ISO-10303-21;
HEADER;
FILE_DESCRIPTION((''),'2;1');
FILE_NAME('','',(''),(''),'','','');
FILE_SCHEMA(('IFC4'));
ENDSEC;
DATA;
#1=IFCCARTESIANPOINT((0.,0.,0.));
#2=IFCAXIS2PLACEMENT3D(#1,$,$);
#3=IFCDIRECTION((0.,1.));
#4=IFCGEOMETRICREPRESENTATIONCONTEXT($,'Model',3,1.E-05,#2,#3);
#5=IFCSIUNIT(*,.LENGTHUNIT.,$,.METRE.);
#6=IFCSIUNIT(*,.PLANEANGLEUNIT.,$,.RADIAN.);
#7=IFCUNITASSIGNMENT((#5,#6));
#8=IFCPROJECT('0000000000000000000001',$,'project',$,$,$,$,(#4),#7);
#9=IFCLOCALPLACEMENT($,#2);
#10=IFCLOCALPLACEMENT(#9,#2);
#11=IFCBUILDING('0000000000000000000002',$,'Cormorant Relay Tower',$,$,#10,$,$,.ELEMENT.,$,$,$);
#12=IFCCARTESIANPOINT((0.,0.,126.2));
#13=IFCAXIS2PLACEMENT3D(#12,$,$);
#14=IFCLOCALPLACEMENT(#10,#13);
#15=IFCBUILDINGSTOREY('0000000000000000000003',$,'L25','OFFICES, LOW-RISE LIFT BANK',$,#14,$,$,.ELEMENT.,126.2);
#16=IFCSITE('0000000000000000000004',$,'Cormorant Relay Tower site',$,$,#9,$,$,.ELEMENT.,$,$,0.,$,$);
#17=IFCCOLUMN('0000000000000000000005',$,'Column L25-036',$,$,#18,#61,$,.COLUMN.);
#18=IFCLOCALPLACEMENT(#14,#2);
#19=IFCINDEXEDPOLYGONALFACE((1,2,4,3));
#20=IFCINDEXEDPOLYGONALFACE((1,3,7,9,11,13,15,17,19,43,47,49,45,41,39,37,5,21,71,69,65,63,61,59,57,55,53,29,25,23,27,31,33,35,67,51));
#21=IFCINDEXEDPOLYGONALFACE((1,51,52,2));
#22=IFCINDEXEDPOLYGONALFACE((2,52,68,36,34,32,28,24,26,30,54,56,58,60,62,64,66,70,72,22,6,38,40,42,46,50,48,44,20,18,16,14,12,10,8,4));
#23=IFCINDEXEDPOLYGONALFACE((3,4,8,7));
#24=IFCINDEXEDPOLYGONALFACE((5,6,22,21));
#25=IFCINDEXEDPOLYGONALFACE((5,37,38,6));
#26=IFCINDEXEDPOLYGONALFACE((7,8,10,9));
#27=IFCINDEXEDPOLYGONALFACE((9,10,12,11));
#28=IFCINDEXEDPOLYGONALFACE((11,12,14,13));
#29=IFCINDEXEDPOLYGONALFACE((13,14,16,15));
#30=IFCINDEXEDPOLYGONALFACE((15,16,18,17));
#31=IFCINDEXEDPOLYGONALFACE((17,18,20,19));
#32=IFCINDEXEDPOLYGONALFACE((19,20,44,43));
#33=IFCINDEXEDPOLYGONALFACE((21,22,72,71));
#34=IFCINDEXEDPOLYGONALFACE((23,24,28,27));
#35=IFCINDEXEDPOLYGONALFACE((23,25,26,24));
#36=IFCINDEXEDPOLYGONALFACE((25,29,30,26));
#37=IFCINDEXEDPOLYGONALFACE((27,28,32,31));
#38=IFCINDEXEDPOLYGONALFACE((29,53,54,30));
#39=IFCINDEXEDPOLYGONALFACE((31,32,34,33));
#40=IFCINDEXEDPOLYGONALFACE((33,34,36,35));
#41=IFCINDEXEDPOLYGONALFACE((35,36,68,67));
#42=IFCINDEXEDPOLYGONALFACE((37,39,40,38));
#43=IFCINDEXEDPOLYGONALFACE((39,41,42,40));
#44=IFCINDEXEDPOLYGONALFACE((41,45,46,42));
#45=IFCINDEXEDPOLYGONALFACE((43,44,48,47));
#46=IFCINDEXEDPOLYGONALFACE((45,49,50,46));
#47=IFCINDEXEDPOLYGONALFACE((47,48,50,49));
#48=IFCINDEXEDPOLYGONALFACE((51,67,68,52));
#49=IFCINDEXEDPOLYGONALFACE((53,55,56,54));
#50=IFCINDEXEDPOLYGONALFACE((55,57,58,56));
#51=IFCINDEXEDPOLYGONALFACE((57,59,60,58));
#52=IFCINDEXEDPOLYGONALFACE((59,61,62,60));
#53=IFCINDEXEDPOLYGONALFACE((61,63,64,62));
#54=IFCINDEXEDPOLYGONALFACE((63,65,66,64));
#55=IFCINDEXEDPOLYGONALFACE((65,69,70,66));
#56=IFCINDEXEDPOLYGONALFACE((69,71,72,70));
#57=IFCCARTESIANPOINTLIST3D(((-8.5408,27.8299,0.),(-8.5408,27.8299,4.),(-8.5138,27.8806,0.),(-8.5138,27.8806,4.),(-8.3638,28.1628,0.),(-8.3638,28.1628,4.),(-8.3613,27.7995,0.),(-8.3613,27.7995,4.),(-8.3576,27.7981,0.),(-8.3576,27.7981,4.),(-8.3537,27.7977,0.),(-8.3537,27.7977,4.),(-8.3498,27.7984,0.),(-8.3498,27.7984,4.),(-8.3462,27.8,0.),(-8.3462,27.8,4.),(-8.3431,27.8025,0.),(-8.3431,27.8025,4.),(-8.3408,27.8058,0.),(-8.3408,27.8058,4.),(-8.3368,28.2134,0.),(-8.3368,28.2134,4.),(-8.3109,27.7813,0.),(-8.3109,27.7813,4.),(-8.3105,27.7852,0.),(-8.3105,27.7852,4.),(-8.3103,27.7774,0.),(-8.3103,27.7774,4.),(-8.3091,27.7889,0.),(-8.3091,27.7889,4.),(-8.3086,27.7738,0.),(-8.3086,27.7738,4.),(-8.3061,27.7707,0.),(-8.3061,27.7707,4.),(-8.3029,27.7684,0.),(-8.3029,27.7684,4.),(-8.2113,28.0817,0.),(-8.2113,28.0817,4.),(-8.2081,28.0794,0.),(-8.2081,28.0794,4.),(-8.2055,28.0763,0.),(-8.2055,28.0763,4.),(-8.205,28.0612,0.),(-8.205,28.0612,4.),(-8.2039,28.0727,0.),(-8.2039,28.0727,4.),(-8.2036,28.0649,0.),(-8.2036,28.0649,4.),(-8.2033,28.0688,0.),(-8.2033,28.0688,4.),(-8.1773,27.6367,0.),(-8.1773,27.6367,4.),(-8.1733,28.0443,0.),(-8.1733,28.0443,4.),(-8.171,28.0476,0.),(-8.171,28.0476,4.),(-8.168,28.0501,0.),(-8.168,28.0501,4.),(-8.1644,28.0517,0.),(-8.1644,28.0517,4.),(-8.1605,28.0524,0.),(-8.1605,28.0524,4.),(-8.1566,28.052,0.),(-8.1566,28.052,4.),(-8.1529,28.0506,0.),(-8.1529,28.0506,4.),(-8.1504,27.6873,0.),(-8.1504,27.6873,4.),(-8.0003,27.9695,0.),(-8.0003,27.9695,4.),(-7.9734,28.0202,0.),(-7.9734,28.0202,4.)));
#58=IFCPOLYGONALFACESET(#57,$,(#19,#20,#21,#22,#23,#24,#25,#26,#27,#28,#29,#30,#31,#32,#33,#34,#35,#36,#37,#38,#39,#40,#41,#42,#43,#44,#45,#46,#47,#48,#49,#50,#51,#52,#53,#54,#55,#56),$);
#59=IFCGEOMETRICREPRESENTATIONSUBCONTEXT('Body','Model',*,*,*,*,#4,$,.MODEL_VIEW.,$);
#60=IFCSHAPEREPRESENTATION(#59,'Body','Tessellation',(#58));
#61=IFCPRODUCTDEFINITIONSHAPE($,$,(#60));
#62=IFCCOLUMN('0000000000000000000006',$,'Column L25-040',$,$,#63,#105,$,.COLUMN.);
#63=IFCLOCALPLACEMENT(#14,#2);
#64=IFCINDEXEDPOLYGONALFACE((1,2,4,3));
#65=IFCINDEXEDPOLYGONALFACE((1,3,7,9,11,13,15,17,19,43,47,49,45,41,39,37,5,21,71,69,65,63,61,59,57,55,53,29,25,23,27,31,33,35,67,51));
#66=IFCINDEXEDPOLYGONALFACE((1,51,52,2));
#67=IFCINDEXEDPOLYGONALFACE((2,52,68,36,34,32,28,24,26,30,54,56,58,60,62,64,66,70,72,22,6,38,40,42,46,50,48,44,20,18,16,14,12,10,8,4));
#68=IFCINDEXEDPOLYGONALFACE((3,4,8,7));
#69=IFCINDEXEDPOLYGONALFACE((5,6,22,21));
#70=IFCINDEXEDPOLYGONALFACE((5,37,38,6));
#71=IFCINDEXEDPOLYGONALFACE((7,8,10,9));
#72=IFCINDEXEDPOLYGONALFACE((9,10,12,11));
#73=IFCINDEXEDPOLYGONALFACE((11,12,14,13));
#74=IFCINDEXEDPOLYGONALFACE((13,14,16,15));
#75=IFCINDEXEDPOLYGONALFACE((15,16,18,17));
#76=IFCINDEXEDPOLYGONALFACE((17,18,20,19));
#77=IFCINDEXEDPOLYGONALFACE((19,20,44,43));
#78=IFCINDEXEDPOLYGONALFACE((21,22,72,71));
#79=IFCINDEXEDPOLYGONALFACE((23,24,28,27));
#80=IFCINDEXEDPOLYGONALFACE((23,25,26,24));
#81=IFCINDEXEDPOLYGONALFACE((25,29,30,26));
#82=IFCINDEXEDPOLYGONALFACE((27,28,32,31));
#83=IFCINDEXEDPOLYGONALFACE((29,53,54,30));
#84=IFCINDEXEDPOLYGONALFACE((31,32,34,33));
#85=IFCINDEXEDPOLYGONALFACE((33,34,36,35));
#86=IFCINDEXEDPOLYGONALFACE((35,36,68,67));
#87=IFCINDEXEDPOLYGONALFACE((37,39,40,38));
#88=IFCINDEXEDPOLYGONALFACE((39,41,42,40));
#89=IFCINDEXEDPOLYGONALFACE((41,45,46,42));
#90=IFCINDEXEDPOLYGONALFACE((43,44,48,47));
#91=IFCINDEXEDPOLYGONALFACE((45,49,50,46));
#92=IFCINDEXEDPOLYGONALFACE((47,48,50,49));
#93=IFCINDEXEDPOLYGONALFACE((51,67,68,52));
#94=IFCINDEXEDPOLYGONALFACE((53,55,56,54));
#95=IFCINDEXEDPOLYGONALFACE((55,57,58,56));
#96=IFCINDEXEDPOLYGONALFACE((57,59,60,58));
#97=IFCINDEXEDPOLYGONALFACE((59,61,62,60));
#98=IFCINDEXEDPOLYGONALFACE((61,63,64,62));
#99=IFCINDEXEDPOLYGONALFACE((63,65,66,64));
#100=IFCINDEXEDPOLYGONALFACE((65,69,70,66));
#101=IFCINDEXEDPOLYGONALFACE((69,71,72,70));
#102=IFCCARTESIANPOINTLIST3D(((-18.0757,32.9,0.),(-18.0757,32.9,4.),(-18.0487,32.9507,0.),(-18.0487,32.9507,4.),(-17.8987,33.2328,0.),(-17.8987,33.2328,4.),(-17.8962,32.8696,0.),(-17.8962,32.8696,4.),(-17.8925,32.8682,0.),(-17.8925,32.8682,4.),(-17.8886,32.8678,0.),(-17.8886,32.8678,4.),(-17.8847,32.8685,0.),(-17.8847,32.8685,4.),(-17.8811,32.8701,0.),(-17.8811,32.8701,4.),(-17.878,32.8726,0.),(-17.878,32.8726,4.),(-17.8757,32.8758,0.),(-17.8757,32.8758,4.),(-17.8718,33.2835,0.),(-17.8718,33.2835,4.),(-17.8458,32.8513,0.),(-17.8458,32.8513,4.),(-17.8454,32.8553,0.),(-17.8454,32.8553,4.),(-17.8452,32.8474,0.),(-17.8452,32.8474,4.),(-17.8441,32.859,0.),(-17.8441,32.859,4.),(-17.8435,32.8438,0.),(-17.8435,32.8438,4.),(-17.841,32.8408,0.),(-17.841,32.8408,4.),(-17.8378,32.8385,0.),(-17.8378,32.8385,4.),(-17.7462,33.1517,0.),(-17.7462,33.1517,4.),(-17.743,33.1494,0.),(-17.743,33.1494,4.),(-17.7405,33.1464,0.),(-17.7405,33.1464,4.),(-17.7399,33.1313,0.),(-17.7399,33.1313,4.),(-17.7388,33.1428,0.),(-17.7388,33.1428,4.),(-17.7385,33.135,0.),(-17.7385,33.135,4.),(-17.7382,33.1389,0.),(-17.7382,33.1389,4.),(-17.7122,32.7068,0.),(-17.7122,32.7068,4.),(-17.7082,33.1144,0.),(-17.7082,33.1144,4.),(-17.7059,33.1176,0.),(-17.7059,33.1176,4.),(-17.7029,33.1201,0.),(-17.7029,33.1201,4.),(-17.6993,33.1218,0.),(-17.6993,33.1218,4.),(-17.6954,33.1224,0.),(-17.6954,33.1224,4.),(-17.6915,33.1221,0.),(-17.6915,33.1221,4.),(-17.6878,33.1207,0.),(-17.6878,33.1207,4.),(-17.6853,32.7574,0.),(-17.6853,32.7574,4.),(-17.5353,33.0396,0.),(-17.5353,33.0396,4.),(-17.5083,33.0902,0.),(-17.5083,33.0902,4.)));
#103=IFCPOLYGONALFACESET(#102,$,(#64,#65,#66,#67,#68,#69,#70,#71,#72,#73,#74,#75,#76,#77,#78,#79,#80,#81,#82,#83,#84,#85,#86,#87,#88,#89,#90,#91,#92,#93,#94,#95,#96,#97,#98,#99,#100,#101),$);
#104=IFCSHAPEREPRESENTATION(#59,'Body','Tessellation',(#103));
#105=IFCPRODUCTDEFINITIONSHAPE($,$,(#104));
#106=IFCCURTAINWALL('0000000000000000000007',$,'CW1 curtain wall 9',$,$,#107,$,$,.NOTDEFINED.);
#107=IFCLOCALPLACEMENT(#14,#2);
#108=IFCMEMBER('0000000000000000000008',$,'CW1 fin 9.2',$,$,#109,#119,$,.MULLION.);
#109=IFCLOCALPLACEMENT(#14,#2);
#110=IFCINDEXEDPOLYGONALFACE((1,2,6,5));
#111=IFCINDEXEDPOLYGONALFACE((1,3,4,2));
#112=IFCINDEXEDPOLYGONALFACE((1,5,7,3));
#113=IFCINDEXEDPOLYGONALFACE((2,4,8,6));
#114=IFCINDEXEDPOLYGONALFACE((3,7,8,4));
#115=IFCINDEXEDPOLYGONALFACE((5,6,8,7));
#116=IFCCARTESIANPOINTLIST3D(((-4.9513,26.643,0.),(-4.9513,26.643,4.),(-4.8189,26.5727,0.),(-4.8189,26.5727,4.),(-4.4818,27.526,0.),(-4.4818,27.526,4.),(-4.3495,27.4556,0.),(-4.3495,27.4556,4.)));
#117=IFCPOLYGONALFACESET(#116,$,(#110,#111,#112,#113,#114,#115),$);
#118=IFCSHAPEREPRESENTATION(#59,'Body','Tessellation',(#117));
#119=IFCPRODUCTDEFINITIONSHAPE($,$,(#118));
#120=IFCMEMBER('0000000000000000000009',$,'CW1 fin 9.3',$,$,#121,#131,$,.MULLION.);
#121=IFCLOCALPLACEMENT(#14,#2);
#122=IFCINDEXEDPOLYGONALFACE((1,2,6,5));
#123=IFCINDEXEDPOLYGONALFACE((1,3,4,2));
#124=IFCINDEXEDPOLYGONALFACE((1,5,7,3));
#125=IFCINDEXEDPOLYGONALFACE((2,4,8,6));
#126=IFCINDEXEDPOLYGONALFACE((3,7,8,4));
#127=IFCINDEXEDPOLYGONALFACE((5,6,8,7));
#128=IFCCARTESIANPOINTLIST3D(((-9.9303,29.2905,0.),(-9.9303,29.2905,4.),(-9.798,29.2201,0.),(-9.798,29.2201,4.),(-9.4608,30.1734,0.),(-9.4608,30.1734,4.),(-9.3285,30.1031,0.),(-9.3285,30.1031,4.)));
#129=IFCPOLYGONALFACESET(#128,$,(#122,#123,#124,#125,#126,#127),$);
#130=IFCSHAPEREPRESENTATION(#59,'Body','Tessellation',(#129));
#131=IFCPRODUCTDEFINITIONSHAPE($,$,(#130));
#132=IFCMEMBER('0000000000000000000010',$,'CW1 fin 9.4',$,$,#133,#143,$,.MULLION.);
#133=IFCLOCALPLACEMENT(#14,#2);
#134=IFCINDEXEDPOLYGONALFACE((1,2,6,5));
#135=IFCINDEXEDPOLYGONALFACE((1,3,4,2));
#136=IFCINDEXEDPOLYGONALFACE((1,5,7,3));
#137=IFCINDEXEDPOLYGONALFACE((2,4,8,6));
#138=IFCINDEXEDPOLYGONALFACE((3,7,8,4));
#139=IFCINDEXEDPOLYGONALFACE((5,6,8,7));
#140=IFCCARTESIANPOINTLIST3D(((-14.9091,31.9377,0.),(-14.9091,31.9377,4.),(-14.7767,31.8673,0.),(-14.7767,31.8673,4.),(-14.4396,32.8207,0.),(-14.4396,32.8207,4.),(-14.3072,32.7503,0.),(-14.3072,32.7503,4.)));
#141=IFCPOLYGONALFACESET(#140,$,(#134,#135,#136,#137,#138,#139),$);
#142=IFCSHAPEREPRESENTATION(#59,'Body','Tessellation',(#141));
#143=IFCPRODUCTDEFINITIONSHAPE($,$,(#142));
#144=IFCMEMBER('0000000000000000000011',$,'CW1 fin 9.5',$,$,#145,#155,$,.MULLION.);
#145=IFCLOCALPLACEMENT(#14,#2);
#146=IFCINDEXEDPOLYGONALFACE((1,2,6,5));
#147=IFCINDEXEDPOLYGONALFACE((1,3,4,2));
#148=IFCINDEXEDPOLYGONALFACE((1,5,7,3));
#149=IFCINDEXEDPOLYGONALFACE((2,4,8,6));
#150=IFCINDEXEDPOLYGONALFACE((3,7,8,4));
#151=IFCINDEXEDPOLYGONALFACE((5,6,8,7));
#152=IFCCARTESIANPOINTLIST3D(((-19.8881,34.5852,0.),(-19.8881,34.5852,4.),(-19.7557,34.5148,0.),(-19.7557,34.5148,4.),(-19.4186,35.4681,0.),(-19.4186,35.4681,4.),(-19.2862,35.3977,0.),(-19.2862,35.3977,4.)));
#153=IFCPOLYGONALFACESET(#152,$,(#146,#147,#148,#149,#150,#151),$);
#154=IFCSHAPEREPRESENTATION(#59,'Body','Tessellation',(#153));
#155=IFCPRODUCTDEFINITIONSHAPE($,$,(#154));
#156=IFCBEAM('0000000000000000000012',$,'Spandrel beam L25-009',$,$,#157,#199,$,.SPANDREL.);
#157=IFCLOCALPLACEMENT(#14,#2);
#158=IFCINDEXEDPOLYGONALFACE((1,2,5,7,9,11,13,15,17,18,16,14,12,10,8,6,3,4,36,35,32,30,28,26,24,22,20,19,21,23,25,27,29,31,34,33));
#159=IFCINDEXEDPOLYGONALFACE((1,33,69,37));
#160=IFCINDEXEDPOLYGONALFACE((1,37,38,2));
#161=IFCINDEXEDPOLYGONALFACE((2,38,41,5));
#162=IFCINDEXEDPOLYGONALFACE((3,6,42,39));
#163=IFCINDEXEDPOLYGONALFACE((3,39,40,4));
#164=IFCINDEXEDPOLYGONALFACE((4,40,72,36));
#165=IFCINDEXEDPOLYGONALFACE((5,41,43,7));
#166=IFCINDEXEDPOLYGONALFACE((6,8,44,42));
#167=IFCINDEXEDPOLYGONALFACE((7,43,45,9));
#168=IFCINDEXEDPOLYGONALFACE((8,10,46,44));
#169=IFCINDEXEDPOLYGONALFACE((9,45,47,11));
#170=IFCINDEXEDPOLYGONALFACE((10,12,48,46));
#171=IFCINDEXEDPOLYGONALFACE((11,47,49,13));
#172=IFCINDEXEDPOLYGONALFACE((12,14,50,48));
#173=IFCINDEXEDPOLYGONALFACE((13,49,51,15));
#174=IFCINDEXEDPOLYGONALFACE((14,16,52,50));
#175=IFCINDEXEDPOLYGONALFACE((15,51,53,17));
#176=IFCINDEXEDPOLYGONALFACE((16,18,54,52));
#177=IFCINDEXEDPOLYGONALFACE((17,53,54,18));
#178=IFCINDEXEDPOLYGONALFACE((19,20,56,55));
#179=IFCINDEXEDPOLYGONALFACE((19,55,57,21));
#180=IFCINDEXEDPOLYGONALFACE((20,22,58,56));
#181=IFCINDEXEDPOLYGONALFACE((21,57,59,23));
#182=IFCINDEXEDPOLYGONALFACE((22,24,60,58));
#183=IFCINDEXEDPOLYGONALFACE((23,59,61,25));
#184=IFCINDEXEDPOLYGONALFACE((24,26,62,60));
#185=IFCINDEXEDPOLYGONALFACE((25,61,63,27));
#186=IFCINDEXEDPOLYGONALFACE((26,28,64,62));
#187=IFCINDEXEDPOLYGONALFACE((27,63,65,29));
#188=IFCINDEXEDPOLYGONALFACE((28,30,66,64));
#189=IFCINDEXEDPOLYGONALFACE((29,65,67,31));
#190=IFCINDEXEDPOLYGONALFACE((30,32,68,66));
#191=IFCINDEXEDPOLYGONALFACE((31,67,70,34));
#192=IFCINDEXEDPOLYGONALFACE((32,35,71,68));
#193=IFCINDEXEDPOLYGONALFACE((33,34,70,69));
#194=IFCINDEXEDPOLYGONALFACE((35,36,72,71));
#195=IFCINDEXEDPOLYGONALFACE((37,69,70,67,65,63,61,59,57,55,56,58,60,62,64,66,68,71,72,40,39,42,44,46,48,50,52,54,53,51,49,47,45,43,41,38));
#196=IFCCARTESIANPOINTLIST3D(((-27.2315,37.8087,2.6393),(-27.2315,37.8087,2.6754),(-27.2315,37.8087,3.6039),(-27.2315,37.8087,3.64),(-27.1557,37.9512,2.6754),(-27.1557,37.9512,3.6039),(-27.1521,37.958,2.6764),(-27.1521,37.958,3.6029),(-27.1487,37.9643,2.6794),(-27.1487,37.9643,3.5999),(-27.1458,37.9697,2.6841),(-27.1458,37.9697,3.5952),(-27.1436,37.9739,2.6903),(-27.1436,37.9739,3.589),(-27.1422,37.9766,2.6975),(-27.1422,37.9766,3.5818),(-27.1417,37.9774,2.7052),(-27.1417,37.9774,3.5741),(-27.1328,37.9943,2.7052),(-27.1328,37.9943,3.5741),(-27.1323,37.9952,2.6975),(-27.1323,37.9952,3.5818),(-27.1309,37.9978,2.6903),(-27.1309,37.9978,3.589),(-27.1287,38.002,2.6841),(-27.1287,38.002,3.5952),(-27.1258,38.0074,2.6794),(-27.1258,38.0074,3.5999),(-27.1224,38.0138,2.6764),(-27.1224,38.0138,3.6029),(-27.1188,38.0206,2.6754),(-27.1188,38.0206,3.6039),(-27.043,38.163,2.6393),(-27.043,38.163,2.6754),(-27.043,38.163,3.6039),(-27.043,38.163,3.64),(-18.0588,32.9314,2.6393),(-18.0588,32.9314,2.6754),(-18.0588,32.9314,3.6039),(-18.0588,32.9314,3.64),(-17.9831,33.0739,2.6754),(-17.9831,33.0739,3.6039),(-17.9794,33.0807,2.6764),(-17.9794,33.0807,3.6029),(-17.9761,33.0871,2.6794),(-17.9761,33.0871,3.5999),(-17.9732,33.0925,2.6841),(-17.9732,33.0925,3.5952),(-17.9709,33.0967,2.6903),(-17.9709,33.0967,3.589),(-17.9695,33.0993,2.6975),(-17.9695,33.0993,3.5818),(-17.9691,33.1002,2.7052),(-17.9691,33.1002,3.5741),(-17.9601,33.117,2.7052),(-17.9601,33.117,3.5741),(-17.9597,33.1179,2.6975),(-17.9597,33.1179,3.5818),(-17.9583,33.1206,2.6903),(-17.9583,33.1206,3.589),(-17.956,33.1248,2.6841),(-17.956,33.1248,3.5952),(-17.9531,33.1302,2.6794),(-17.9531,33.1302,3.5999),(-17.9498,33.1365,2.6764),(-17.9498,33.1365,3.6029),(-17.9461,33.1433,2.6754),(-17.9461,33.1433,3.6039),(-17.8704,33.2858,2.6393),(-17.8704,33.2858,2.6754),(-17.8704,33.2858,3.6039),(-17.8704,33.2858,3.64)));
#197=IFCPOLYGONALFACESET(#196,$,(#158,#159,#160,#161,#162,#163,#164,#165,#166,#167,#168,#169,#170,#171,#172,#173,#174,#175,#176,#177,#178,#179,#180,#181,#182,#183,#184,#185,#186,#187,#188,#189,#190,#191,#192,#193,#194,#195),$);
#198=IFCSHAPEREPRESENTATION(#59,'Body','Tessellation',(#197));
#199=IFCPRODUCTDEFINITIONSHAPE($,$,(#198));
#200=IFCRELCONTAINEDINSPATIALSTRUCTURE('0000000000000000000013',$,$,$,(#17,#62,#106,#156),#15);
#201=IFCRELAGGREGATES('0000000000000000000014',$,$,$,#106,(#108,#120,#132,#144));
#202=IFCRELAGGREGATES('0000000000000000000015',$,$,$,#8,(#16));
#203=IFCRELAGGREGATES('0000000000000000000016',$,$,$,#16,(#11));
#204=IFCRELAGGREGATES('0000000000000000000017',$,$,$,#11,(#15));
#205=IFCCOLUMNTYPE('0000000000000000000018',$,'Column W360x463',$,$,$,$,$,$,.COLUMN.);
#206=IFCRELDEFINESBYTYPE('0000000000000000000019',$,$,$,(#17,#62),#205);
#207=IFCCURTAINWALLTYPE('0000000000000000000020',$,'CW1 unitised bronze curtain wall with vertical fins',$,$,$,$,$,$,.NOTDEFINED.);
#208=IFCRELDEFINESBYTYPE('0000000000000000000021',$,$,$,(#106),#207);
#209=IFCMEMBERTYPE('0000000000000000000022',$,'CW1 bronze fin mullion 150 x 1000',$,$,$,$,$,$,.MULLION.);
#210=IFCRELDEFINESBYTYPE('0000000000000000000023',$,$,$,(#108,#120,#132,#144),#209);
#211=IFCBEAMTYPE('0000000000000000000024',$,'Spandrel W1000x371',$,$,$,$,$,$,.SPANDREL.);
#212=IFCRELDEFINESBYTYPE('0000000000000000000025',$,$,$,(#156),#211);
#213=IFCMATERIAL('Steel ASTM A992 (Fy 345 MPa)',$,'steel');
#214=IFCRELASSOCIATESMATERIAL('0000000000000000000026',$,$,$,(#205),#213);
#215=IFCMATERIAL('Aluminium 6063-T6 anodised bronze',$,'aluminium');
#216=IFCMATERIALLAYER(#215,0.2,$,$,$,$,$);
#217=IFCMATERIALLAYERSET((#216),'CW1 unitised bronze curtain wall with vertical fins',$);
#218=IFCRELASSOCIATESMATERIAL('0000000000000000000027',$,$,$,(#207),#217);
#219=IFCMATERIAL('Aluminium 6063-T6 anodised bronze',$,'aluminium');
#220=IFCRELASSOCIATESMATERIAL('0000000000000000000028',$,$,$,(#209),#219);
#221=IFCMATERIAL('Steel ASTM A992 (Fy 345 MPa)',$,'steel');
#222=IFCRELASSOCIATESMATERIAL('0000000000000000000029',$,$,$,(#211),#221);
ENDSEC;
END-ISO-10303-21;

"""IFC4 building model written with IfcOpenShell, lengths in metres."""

from ifc_helpers import new_model, si_unit, direction, frame, origin, origin_2d, place, context, subcontext, project, spatial, rectangle, i_section, extrude, material, layer, layer_set, material_profile, profile_set, type_object, element, aggregate, save


model = new_model("IFC4")

# Units and contexts
model_context = context("Model", 3, precision=1e-05, world=origin(), true_north=direction((0.0, 1.0)))
body_context = subcontext(model_context, "Body", "Model", "MODEL_VIEW")
ifc_project = project(units=[si_unit("LENGTHUNIT", "METRE"), si_unit("PLANEANGLEUNIT", "RADIAN")], contexts=[model_context])

# Site, building, storey
site_placement = place(None, origin())
site = spatial("IfcSite", under=ifc_project, at=site_placement, Name="Cormorant Relay Tower site", CompositionType="ELEMENT", RefElevation=0.0)
building_placement = place(site_placement, origin())
building = spatial("IfcBuilding", under=site, at=building_placement, Name="Cormorant Relay Tower", CompositionType="ELEMENT")
storey_placement = place(building_placement, frame((0.0, 0.0, 126.2)))
storey = spatial("IfcBuildingStorey", under=building, at=storey_placement, Name="L25", Description="OFFICES, LOW-RISE LIFT BANK", CompositionType="ELEMENT", Elevation=126.2)

# Columns
ifc_material_1 = material(Name="Steel ASTM A992 (Fy 345 MPa)", Category="steel")
ifc_material_profile_1 = material_profile(ifc_material_1, i_section(OverallWidth=0.4116, OverallDepth=0.4343, WebThickness=0.0359, FlangeThickness=0.0574, FilletRadius=0.0151, at=origin_2d()), Name="W360x463")
ifc_profile_set_1 = profile_set([ifc_material_profile_1], Name="Steel ASTM A992 (Fy 345 MPa)")
column_type = type_object("IfcColumnType", Name="Column W360x463", PredefinedType="COLUMN", material=ifc_profile_set_1)
for number, where, z_axis, x_axis, name in (
    (1, (-8.2571, 27.925, 0.0), (0.0, 0.0, 1.0), (-0.882948, 0.469472, 0.0), "Column L25-036"),
    (2, (-17.792, 32.9951, 0.0), (0.0, 0.0, 1.0), (-0.882948, 0.469472, 0.0), "Column L25-040"),
):
    element("IfcColumn", number, at=place(storey_placement, frame(where, z_axis=z_axis, x_axis=x_axis)), inside=storey, type_object=column_type, Name=name, PredefinedType="COLUMN", context=body_context, shape_type="SweptSolid", body=[
        extrude(i_section(OverallWidth=0.4116, OverallDepth=0.4343, WebThickness=0.0359, FlangeThickness=0.0574, FilletRadius=0.0151, at=origin_2d()), origin(), (0.0, 0.0, 1.0), 4.0),
    ])

# Curtain wall, members
ifc_material_2 = material(Name="Aluminium 6063-T6 anodised bronze", Category="aluminium")
ifc_layer_1 = layer(ifc_material_2, 0.2)
ifc_layer_set_1 = layer_set([ifc_layer_1], Name="CW1 unitised bronze curtain wall with vertical fins")
curtain_wall_type = type_object("IfcCurtainWallType", Name="CW1 unitised bronze curtain wall with vertical fins", PredefinedType="NOTDEFINED", material=ifc_layer_set_1)
curtain_wall_placement = place(storey_placement, origin())
curtain_wall = element("IfcCurtainWall", 3, at=curtain_wall_placement, inside=storey, type_object=curtain_wall_type, Name="CW1 curtain wall 9", PredefinedType="NOTDEFINED")
ifc_material_3 = material(Name="Aluminium 6063-T6 anodised bronze", Category="aluminium")
ifc_material_profile_2 = material_profile(ifc_material_3, rectangle(XDim=0.1499, YDim=1.0, at=origin_2d()), Name="AL 150x1000")
ifc_profile_set_2 = profile_set([ifc_material_profile_2], Name="Aluminium 6063-T6 anodised bronze")
member_type = type_object("IfcMemberType", Name="CW1 bronze fin mullion 150 x 1000", PredefinedType="MULLION", material=ifc_profile_set_2)
member_1_placement = place(storey_placement, frame((-4.6504, 27.0493, 0.0), z_axis=(0.0, 0.0, 1.0), x_axis=(-0.882948, 0.469472, 0.0)))
member_1 = element("IfcMember", 4, at=member_1_placement, type_object=member_type, Name="CW1 fin 9.2", PredefinedType="MULLION", context=body_context, shape_type="SweptSolid", body=[
    extrude(rectangle(XDim=0.1499, YDim=1.0, at=origin_2d()), origin(), (0.0, 0.0, 1.0), 4.0),
])
member_2_placement = place(storey_placement, frame((-9.6294, 29.6968, 0.0), z_axis=(0.0, 0.0, 1.0), x_axis=(-0.882948, 0.469472, 0.0)))
member_2 = element("IfcMember", 5, at=member_2_placement, type_object=member_type, Name="CW1 fin 9.3", PredefinedType="MULLION", context=body_context, shape_type="SweptSolid", body=[
    extrude(rectangle(XDim=0.1499, YDim=1.0, at=origin_2d()), origin(), (0.0, 0.0, 1.0), 4.0),
])
member_3_placement = place(storey_placement, frame((-14.6082, 32.344, 0.0), z_axis=(0.0, 0.0, 1.0), x_axis=(-0.882948, 0.469472, 0.0)))
member_3 = element("IfcMember", 6, at=member_3_placement, type_object=member_type, Name="CW1 fin 9.4", PredefinedType="MULLION", context=body_context, shape_type="SweptSolid", body=[
    extrude(rectangle(XDim=0.1499, YDim=1.0, at=origin_2d()), origin(), (0.0, 0.0, 1.0), 4.0),
])
member_4_placement = place(storey_placement, frame((-19.5872, 34.9915, 0.0), z_axis=(0.0, 0.0, 1.0), x_axis=(-0.882948, 0.469472, 0.0)))
member_4 = element("IfcMember", 7, at=member_4_placement, type_object=member_type, Name="CW1 fin 9.5", PredefinedType="MULLION", context=body_context, shape_type="SweptSolid", body=[
    extrude(rectangle(XDim=0.1499, YDim=1.0, at=origin_2d()), origin(), (0.0, 0.0, 1.0), 4.0),
])

# Beam
ifc_material_4 = material(Name="Steel ASTM A992 (Fy 345 MPa)", Category="steel")
ifc_material_profile_3 = material_profile(ifc_material_4, i_section(OverallWidth=0.4014, OverallDepth=1.0007, WebThickness=0.019, FlangeThickness=0.0361, FilletRadius=0.0298, at=origin_2d()), Name="W1000x371")
ifc_profile_set_3 = profile_set([ifc_material_profile_3], Name="Steel ASTM A992 (Fy 345 MPa)")
beam_type_1 = type_object("IfcBeamType", Name="Spandrel W1000x371", PredefinedType="SPANDREL", material=ifc_profile_set_3)
beam_1_placement = place(storey_placement, frame((-17.9646, 33.1086, 3.1396), z_axis=(-0.882946, 0.469474, 0.0), x_axis=(-0.469474, -0.882946, 0.0)))
element("IfcBeam", 8, at=beam_1_placement, inside=storey, type_object=beam_type_1, Name="Spandrel beam L25-009", PredefinedType="SPANDREL", context=body_context, shape_type="SweptSolid", body=[
    extrude(i_section(OverallWidth=0.4014, OverallDepth=1.0007, WebThickness=0.019, FlangeThickness=0.0361, FilletRadius=0.0298, at=origin_2d()), origin(), (0.0, 0.0, 1.0), 10.3887),
])

aggregate(curtain_wall, [member_1, member_2, member_3, member_4])

save(model, "model.ifc")
